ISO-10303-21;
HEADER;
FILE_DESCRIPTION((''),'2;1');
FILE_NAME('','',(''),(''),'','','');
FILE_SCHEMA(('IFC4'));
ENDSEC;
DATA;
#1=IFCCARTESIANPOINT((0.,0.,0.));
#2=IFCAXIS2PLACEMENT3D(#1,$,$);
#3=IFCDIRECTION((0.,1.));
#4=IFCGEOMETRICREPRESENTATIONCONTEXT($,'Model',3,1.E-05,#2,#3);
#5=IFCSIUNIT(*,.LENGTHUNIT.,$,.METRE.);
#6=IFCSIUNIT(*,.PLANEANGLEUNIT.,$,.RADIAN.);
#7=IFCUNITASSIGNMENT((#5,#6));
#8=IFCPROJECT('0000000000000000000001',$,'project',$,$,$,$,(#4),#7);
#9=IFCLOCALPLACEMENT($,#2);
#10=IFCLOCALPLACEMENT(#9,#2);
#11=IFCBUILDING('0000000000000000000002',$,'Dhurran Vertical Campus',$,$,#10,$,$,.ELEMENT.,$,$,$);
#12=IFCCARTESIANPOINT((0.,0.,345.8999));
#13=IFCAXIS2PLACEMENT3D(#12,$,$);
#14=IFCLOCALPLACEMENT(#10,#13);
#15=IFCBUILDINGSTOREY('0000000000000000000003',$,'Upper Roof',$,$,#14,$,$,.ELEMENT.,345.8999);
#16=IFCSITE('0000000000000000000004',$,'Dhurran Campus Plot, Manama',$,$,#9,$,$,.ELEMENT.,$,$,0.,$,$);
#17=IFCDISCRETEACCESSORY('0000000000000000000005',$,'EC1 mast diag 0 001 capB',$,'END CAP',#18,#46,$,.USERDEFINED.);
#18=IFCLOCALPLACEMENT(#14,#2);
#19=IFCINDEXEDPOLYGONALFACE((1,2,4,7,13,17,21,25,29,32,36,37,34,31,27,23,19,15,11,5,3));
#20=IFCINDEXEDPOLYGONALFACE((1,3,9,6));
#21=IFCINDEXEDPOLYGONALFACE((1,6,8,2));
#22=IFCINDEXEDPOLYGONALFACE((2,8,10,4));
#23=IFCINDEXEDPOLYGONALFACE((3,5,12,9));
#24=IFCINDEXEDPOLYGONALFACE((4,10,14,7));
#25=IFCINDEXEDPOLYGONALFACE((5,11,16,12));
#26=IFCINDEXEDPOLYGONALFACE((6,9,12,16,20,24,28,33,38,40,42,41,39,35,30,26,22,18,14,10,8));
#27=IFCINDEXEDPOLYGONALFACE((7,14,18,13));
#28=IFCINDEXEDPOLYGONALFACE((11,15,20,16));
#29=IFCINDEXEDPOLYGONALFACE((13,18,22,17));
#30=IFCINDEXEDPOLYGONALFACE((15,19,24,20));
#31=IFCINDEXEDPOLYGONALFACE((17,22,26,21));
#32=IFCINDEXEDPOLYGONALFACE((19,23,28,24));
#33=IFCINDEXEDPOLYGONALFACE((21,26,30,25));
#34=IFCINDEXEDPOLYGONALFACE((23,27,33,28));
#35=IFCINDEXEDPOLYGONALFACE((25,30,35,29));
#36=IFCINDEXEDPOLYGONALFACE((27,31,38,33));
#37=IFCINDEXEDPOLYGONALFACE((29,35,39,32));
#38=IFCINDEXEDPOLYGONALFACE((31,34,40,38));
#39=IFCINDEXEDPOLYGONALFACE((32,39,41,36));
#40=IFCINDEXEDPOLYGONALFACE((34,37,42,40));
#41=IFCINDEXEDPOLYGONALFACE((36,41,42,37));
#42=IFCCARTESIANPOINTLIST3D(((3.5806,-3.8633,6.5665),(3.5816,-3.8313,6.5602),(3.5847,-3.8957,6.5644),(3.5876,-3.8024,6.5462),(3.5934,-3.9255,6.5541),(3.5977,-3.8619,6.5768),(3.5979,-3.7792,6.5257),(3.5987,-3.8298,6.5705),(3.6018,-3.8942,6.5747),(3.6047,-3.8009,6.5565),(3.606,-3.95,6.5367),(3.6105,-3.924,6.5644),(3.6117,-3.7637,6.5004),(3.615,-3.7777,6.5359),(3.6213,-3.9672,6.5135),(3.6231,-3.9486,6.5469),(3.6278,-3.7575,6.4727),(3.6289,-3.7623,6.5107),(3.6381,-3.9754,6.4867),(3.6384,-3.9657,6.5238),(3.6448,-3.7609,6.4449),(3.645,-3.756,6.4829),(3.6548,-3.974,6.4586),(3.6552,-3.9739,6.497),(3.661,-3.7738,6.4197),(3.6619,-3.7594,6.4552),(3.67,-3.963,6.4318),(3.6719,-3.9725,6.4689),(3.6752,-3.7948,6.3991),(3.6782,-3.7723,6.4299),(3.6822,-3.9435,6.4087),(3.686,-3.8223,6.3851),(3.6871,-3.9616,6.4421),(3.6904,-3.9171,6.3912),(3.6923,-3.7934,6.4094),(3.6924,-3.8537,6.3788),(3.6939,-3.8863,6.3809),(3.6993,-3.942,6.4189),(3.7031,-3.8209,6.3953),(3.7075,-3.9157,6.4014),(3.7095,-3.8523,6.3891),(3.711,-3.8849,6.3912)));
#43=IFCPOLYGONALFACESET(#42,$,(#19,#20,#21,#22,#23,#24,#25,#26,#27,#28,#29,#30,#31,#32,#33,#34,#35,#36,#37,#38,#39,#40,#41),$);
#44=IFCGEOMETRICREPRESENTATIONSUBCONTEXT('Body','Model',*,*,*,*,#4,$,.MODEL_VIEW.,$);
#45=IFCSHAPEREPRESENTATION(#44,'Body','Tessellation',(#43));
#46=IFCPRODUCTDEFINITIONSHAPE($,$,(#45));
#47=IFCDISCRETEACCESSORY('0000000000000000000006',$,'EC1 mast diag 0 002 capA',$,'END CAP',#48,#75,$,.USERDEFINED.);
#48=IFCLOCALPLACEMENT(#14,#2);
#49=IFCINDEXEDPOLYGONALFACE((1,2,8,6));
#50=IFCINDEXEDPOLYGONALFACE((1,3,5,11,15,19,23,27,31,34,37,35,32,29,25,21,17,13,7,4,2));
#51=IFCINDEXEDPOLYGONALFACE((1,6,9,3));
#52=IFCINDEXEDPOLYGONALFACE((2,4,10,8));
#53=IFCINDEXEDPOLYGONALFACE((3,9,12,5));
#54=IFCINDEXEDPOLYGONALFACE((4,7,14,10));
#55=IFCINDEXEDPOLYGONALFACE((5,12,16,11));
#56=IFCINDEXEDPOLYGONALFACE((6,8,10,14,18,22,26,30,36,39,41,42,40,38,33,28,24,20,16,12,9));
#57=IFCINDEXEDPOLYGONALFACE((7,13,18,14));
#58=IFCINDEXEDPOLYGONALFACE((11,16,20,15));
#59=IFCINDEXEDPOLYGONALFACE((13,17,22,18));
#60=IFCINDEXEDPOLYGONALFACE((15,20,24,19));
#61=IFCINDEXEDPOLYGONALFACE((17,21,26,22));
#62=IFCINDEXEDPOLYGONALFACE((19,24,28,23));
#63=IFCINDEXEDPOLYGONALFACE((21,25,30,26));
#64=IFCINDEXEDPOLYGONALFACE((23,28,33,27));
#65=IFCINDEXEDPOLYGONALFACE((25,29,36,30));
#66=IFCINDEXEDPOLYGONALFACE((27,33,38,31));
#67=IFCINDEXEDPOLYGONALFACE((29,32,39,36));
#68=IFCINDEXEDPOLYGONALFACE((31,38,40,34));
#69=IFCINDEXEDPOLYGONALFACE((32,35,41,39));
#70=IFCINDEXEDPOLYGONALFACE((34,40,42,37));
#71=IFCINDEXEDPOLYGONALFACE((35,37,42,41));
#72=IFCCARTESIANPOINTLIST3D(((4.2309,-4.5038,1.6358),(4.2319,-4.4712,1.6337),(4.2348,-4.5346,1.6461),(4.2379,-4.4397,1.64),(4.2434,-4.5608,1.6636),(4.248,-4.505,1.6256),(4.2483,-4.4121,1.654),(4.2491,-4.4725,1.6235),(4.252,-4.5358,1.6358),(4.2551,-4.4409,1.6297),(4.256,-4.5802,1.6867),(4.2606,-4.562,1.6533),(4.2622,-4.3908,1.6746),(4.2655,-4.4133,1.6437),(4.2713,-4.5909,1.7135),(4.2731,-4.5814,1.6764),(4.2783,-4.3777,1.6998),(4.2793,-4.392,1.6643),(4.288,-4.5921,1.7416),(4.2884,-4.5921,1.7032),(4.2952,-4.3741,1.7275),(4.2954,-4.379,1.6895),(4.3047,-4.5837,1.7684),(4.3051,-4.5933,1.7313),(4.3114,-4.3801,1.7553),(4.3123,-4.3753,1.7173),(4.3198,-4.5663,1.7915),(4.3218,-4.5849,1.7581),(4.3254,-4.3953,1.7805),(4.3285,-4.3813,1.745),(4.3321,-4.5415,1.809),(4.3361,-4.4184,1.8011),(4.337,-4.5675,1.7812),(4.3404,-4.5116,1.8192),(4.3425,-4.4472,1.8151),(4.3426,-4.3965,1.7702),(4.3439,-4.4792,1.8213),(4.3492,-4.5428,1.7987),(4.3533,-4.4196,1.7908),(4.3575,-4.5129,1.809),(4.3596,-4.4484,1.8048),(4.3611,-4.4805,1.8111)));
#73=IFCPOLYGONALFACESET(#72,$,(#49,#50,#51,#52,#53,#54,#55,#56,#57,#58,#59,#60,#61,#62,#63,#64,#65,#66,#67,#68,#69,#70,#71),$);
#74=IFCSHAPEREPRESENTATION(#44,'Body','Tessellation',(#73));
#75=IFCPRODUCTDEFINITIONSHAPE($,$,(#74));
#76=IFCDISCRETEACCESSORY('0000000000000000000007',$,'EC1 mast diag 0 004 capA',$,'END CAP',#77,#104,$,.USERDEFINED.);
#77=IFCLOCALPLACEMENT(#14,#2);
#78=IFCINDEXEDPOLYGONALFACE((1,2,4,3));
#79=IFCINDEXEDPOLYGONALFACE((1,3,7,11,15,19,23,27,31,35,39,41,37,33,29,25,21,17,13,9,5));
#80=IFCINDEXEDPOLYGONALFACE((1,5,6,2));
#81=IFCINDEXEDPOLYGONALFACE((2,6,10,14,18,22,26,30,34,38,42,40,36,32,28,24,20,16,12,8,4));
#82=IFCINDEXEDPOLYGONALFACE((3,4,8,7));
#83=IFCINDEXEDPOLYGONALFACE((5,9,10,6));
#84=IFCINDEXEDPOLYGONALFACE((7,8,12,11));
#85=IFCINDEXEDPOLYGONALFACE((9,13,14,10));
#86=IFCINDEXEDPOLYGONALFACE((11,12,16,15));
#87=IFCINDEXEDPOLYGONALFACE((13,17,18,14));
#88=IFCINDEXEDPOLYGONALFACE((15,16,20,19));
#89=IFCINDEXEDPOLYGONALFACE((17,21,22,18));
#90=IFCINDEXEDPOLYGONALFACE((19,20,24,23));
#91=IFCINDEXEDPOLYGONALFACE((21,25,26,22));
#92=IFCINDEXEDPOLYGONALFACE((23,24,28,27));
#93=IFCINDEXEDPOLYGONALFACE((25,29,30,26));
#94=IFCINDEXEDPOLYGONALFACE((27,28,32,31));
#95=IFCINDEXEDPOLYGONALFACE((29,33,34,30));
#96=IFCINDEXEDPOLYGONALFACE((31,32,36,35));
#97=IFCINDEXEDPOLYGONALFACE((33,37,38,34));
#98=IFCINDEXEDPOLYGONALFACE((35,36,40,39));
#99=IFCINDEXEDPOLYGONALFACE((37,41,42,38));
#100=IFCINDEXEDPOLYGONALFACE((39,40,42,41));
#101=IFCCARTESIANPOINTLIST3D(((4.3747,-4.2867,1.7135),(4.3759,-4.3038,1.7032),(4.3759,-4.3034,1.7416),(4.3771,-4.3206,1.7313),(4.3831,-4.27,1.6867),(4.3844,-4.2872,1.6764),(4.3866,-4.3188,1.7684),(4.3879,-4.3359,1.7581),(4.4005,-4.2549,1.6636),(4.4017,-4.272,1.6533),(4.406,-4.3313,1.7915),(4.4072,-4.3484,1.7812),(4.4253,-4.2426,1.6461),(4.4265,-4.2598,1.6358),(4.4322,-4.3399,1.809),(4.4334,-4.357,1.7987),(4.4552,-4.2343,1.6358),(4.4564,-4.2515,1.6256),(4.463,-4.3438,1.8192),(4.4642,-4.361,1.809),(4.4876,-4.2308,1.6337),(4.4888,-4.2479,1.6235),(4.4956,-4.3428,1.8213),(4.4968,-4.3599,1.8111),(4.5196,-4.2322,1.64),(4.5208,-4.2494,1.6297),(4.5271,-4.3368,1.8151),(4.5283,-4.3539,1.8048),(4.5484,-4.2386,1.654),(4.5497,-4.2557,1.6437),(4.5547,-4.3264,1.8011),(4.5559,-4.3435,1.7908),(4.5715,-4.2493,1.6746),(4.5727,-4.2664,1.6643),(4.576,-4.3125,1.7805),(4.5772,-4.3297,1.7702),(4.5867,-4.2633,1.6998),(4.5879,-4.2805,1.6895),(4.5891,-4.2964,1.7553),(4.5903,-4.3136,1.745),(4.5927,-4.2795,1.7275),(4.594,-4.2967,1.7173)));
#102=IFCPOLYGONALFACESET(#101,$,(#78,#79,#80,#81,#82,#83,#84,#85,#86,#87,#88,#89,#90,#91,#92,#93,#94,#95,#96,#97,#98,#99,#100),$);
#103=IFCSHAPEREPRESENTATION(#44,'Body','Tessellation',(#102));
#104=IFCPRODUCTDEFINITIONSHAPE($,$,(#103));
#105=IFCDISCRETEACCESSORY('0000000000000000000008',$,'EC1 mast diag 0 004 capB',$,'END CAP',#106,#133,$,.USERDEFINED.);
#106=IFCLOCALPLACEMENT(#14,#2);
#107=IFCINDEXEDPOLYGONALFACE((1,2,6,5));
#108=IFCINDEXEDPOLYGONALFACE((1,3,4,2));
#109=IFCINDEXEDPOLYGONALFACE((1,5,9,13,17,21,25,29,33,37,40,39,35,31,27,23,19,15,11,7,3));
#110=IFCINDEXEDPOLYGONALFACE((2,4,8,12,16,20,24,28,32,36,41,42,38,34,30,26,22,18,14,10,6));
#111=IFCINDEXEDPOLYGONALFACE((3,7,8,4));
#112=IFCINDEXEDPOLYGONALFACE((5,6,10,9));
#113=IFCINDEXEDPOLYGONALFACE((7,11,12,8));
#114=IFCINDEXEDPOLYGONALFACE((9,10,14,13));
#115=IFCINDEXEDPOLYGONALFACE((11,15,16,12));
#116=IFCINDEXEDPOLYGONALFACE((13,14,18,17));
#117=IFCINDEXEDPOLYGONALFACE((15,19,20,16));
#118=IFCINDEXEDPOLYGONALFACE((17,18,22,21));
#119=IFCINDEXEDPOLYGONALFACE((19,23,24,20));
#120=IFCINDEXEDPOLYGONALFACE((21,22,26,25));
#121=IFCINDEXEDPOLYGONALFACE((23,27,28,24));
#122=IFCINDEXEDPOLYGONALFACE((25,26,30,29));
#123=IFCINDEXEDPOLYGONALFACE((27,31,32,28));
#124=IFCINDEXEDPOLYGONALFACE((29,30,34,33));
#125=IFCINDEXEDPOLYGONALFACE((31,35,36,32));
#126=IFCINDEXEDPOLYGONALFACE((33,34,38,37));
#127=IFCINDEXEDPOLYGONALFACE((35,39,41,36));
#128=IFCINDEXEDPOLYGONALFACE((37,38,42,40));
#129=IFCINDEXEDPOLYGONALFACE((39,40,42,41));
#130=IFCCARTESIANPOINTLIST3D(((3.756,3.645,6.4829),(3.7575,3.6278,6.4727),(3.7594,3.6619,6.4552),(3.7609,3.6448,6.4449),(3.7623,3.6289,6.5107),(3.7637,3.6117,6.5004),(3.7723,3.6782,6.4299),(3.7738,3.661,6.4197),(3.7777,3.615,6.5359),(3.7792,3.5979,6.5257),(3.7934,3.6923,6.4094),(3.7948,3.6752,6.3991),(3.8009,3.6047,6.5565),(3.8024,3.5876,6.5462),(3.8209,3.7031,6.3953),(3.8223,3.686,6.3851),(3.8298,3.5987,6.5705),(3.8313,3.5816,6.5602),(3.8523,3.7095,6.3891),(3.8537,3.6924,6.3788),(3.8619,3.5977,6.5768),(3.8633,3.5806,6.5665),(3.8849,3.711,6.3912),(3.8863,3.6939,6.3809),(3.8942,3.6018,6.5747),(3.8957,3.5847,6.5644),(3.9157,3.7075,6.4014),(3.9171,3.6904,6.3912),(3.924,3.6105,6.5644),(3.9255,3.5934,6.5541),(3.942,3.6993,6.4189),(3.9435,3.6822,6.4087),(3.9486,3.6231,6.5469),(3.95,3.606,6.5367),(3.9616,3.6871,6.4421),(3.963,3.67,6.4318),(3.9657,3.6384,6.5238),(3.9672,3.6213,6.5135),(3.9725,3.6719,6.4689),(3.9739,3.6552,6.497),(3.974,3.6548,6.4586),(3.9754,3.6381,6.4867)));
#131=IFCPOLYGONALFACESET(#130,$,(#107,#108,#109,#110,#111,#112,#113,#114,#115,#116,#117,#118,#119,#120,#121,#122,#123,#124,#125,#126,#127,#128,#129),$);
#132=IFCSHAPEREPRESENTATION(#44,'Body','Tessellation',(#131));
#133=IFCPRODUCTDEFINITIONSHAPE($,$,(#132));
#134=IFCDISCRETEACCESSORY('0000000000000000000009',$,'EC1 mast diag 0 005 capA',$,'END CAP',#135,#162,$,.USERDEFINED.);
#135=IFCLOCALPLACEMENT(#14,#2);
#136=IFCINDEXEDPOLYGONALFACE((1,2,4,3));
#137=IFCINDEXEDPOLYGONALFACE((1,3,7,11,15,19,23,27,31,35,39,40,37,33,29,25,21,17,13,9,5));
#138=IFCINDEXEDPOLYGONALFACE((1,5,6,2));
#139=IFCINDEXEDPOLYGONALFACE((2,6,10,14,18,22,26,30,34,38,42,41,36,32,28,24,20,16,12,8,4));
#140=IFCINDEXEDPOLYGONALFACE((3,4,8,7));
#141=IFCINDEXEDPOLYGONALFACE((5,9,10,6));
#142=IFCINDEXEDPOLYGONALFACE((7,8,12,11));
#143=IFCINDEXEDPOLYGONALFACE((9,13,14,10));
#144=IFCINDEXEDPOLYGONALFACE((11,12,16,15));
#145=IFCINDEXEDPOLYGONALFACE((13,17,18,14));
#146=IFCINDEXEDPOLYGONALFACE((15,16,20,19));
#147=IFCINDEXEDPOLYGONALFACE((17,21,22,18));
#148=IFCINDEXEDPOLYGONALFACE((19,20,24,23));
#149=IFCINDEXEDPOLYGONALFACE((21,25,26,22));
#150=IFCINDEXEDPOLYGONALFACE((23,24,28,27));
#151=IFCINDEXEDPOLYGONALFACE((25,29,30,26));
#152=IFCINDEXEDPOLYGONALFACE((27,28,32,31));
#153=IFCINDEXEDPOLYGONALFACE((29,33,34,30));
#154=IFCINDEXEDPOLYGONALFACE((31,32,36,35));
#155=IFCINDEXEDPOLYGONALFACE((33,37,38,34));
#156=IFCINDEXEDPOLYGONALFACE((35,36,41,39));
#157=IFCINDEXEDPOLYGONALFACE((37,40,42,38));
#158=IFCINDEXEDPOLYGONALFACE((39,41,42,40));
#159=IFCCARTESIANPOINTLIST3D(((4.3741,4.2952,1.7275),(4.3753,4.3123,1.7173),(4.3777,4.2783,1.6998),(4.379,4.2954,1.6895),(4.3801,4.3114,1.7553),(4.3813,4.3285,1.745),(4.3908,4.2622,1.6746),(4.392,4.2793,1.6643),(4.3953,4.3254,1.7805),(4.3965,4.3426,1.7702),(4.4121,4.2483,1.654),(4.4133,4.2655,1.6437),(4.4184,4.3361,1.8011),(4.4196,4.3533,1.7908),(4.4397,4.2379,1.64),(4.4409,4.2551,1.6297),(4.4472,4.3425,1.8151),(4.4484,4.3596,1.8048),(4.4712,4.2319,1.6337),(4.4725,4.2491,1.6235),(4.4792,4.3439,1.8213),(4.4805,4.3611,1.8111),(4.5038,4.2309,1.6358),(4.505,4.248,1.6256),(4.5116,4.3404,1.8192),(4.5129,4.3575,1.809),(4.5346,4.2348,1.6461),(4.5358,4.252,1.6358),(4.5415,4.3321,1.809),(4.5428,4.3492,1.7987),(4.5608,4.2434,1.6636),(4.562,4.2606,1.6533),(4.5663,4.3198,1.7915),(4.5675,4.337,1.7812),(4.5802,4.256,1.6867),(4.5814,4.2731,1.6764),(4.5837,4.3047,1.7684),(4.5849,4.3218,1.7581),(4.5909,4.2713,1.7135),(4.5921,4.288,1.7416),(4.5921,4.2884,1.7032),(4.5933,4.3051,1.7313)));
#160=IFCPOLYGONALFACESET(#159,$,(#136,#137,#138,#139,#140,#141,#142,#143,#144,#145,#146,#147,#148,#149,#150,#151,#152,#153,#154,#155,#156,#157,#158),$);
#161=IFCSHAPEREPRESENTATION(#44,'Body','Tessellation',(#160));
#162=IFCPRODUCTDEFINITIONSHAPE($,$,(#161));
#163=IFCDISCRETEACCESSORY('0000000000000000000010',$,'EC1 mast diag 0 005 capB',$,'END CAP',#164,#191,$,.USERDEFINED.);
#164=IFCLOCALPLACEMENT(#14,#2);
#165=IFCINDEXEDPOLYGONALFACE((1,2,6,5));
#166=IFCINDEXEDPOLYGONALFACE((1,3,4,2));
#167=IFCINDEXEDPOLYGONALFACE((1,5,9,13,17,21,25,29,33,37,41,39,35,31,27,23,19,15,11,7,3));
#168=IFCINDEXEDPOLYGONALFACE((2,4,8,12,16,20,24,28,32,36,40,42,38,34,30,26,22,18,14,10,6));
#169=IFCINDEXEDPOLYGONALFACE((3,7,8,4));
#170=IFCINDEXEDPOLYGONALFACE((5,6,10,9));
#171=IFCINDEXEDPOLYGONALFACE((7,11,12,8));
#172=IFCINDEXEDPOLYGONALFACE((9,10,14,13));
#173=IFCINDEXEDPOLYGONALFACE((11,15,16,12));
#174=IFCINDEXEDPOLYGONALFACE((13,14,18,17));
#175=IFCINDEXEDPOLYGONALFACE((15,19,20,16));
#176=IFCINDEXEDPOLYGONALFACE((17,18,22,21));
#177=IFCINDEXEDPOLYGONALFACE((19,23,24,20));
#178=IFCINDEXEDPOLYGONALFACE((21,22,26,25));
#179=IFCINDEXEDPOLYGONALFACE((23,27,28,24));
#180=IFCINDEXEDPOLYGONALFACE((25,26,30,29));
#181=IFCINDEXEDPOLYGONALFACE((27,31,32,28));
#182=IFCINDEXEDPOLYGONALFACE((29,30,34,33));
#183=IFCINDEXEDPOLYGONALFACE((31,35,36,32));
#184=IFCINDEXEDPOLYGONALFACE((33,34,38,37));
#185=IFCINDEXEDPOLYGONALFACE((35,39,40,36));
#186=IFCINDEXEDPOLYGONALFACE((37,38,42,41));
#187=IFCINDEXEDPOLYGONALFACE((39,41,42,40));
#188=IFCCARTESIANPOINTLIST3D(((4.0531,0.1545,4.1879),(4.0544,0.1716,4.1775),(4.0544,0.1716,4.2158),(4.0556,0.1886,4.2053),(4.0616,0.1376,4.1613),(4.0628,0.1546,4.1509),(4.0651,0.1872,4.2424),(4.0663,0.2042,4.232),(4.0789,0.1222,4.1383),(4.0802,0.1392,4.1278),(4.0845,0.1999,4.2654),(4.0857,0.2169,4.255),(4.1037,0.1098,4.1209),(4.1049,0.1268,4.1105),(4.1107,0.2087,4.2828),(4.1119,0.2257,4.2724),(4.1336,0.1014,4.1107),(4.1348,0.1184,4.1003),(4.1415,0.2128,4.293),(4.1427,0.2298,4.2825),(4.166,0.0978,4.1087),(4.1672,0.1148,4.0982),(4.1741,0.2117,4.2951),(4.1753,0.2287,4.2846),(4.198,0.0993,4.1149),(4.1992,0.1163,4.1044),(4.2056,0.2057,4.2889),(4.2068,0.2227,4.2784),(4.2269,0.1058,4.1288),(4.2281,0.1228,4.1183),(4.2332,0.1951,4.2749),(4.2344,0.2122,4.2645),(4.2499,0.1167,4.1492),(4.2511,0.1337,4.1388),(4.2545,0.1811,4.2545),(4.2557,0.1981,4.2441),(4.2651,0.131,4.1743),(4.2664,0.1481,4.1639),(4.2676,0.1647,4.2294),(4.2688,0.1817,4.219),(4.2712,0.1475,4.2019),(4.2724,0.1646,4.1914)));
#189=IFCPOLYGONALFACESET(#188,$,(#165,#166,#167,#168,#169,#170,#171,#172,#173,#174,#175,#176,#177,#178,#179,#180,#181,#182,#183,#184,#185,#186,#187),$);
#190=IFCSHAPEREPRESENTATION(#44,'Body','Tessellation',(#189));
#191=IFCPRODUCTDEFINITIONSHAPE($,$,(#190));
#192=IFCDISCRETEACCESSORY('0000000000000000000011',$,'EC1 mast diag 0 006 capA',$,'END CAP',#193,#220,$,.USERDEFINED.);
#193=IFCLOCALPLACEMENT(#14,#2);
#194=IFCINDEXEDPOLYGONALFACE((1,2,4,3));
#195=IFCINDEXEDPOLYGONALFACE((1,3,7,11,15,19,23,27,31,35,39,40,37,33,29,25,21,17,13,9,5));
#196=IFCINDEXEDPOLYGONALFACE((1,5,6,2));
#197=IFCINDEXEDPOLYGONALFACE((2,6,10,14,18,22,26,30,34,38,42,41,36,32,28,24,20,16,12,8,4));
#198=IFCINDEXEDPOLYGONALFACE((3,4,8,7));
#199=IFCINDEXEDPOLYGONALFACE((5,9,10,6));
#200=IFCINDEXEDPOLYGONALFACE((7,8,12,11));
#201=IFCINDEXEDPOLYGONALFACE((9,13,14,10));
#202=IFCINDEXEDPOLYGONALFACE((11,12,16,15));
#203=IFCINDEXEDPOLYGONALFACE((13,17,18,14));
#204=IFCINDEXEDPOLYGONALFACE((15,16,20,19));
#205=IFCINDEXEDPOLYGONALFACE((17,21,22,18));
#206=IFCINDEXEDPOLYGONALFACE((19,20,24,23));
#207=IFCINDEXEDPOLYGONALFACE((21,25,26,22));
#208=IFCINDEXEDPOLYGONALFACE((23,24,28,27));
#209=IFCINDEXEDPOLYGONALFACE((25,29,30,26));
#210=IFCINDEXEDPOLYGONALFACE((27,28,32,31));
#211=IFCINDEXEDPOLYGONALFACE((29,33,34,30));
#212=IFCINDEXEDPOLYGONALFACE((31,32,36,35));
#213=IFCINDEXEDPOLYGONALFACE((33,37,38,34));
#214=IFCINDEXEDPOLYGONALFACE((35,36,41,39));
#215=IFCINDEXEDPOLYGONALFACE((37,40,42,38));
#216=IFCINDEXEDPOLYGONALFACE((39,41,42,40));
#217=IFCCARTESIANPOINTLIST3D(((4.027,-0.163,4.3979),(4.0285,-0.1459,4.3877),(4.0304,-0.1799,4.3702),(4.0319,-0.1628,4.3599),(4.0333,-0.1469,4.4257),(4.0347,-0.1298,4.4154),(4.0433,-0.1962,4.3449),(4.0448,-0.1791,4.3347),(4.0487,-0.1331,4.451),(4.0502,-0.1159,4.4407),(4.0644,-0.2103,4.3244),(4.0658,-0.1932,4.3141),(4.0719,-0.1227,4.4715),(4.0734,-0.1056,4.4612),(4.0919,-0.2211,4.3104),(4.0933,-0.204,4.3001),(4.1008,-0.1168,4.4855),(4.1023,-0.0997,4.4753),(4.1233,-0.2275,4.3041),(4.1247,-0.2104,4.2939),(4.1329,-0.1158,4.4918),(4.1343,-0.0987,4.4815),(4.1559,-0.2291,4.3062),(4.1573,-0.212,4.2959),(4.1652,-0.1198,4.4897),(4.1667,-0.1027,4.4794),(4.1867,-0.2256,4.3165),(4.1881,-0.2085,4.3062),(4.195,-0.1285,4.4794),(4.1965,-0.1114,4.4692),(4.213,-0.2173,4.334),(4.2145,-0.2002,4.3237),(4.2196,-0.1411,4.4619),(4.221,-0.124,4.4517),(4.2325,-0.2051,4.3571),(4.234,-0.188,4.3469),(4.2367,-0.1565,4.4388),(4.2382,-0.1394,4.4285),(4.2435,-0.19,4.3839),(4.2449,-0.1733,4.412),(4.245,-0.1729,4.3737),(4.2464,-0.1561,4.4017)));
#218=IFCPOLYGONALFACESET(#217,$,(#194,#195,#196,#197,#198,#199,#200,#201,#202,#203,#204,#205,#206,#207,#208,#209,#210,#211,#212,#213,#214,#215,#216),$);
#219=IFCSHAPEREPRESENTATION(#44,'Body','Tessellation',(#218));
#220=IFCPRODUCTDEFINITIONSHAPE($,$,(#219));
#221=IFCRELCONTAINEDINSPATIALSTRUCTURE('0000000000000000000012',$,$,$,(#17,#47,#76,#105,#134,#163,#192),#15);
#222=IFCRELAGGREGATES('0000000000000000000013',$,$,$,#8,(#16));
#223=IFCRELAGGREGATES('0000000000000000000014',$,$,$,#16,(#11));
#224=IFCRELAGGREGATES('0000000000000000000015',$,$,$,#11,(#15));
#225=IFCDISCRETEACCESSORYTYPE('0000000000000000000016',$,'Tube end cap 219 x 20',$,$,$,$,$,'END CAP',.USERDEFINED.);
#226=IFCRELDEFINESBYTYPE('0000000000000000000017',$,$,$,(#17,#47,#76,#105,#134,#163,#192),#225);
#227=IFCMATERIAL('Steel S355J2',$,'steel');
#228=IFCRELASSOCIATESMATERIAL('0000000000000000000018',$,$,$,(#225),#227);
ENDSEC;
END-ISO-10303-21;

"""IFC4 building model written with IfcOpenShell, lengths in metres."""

from ifc_helpers import new_model, si_unit, direction, frame, origin, origin_2d, place, context, subcontext, project, spatial, circle, extrude, material, material_profile, profile_set, type_object, element, save


model = new_model("IFC4")

# Units and contexts
model_context = context("Model", 3, precision=1e-05, world=origin(), true_north=direction((0.0, 1.0)))
body_context = subcontext(model_context, "Body", "Model", "MODEL_VIEW")
ifc_project = project(units=[si_unit("LENGTHUNIT", "METRE"), si_unit("PLANEANGLEUNIT", "RADIAN")], contexts=[model_context])

# Site, building, storey
site_placement = place(None, origin())
site = spatial("IfcSite", under=ifc_project, at=site_placement, Name="Dhurran Campus Plot, Manama", CompositionType="ELEMENT", RefElevation=0.0)
building_placement = place(site_placement, origin())
building = spatial("IfcBuilding", under=site, at=building_placement, Name="Dhurran Vertical Campus", CompositionType="ELEMENT")
storey_placement = place(building_placement, frame((0.0, 0.0, 345.8999)))
storey = spatial("IfcBuildingStorey", under=building, at=storey_placement, Name="Upper Roof", CompositionType="ELEMENT", Elevation=345.8999)

# Discrete accessories
ifc_material_1 = material(Name="Steel S355J2", Category="steel")
ifc_material_profile_1 = material_profile(ifc_material_1, circle(Radius=0.1096, at=origin_2d()), Name="Tube end cap 219 x 20")
ifc_profile_set_1 = profile_set([ifc_material_profile_1], Name="Steel S355J2")
discrete_accessory_type_1 = type_object("IfcDiscreteAccessoryType", Name="Tube end cap 219 x 20", ElementType="END CAP", PredefinedType="USERDEFINED", material=ifc_profile_set_1)
for number, where, z_axis, x_axis, name in (
    (1, (3.6372, -3.8667, 6.4727), (0.855186, 0.073302, 0.513112), (-0.085401, 0.996347, 0.0), "EC1 mast diag 0 001 capB"),
    (2, (4.2874, -4.4834, 1.7275), (0.855889, -0.061135, -0.513533), (0.071247, 0.997459, 0.0), "EC1 mast diag 0 002 capA"),
    (3, (4.4834, -4.2874, 1.7275), (0.061135, -0.855889, -0.513533), (0.997459, 0.071247, 0.0), "EC1 mast diag 0 004 capA"),
    (4, (3.8667, 3.6372, 6.4727), (-0.073302, 0.855186, 0.513112), (-0.996347, -0.085401, 0.0), "EC1 mast diag 0 004 capB"),
    (5, (4.4834, 4.2874, 1.7275), (0.061135, 0.855889, -0.513533), (-0.997459, 0.071247, 0.0), "EC1 mast diag 0 005 capA"),
    (6, (4.1631, 0.1724, 4.1914), (-0.06075, -0.850502, 0.522451), (0.997459, -0.071247, 0.0), "EC1 mast diag 0 005 capB"),
    (7, (4.1362, -0.1724, 4.3979), (0.073302, 0.855186, -0.513112), (-0.996347, 0.085401, 0.0), "EC1 mast diag 0 006 capA"),
):
    element("IfcDiscreteAccessory", number, at=place(storey_placement, frame(where, z_axis=z_axis, x_axis=x_axis)), inside=storey, type_object=discrete_accessory_type_1, Name=name, ObjectType="END CAP", PredefinedType="USERDEFINED", context=body_context, shape_type="SweptSolid", body=[
        extrude(circle(Radius=0.1096, at=origin_2d()), origin(), (0.0, 0.0, 1.0), 0.02),
    ])

save(model, "model.ifc")
